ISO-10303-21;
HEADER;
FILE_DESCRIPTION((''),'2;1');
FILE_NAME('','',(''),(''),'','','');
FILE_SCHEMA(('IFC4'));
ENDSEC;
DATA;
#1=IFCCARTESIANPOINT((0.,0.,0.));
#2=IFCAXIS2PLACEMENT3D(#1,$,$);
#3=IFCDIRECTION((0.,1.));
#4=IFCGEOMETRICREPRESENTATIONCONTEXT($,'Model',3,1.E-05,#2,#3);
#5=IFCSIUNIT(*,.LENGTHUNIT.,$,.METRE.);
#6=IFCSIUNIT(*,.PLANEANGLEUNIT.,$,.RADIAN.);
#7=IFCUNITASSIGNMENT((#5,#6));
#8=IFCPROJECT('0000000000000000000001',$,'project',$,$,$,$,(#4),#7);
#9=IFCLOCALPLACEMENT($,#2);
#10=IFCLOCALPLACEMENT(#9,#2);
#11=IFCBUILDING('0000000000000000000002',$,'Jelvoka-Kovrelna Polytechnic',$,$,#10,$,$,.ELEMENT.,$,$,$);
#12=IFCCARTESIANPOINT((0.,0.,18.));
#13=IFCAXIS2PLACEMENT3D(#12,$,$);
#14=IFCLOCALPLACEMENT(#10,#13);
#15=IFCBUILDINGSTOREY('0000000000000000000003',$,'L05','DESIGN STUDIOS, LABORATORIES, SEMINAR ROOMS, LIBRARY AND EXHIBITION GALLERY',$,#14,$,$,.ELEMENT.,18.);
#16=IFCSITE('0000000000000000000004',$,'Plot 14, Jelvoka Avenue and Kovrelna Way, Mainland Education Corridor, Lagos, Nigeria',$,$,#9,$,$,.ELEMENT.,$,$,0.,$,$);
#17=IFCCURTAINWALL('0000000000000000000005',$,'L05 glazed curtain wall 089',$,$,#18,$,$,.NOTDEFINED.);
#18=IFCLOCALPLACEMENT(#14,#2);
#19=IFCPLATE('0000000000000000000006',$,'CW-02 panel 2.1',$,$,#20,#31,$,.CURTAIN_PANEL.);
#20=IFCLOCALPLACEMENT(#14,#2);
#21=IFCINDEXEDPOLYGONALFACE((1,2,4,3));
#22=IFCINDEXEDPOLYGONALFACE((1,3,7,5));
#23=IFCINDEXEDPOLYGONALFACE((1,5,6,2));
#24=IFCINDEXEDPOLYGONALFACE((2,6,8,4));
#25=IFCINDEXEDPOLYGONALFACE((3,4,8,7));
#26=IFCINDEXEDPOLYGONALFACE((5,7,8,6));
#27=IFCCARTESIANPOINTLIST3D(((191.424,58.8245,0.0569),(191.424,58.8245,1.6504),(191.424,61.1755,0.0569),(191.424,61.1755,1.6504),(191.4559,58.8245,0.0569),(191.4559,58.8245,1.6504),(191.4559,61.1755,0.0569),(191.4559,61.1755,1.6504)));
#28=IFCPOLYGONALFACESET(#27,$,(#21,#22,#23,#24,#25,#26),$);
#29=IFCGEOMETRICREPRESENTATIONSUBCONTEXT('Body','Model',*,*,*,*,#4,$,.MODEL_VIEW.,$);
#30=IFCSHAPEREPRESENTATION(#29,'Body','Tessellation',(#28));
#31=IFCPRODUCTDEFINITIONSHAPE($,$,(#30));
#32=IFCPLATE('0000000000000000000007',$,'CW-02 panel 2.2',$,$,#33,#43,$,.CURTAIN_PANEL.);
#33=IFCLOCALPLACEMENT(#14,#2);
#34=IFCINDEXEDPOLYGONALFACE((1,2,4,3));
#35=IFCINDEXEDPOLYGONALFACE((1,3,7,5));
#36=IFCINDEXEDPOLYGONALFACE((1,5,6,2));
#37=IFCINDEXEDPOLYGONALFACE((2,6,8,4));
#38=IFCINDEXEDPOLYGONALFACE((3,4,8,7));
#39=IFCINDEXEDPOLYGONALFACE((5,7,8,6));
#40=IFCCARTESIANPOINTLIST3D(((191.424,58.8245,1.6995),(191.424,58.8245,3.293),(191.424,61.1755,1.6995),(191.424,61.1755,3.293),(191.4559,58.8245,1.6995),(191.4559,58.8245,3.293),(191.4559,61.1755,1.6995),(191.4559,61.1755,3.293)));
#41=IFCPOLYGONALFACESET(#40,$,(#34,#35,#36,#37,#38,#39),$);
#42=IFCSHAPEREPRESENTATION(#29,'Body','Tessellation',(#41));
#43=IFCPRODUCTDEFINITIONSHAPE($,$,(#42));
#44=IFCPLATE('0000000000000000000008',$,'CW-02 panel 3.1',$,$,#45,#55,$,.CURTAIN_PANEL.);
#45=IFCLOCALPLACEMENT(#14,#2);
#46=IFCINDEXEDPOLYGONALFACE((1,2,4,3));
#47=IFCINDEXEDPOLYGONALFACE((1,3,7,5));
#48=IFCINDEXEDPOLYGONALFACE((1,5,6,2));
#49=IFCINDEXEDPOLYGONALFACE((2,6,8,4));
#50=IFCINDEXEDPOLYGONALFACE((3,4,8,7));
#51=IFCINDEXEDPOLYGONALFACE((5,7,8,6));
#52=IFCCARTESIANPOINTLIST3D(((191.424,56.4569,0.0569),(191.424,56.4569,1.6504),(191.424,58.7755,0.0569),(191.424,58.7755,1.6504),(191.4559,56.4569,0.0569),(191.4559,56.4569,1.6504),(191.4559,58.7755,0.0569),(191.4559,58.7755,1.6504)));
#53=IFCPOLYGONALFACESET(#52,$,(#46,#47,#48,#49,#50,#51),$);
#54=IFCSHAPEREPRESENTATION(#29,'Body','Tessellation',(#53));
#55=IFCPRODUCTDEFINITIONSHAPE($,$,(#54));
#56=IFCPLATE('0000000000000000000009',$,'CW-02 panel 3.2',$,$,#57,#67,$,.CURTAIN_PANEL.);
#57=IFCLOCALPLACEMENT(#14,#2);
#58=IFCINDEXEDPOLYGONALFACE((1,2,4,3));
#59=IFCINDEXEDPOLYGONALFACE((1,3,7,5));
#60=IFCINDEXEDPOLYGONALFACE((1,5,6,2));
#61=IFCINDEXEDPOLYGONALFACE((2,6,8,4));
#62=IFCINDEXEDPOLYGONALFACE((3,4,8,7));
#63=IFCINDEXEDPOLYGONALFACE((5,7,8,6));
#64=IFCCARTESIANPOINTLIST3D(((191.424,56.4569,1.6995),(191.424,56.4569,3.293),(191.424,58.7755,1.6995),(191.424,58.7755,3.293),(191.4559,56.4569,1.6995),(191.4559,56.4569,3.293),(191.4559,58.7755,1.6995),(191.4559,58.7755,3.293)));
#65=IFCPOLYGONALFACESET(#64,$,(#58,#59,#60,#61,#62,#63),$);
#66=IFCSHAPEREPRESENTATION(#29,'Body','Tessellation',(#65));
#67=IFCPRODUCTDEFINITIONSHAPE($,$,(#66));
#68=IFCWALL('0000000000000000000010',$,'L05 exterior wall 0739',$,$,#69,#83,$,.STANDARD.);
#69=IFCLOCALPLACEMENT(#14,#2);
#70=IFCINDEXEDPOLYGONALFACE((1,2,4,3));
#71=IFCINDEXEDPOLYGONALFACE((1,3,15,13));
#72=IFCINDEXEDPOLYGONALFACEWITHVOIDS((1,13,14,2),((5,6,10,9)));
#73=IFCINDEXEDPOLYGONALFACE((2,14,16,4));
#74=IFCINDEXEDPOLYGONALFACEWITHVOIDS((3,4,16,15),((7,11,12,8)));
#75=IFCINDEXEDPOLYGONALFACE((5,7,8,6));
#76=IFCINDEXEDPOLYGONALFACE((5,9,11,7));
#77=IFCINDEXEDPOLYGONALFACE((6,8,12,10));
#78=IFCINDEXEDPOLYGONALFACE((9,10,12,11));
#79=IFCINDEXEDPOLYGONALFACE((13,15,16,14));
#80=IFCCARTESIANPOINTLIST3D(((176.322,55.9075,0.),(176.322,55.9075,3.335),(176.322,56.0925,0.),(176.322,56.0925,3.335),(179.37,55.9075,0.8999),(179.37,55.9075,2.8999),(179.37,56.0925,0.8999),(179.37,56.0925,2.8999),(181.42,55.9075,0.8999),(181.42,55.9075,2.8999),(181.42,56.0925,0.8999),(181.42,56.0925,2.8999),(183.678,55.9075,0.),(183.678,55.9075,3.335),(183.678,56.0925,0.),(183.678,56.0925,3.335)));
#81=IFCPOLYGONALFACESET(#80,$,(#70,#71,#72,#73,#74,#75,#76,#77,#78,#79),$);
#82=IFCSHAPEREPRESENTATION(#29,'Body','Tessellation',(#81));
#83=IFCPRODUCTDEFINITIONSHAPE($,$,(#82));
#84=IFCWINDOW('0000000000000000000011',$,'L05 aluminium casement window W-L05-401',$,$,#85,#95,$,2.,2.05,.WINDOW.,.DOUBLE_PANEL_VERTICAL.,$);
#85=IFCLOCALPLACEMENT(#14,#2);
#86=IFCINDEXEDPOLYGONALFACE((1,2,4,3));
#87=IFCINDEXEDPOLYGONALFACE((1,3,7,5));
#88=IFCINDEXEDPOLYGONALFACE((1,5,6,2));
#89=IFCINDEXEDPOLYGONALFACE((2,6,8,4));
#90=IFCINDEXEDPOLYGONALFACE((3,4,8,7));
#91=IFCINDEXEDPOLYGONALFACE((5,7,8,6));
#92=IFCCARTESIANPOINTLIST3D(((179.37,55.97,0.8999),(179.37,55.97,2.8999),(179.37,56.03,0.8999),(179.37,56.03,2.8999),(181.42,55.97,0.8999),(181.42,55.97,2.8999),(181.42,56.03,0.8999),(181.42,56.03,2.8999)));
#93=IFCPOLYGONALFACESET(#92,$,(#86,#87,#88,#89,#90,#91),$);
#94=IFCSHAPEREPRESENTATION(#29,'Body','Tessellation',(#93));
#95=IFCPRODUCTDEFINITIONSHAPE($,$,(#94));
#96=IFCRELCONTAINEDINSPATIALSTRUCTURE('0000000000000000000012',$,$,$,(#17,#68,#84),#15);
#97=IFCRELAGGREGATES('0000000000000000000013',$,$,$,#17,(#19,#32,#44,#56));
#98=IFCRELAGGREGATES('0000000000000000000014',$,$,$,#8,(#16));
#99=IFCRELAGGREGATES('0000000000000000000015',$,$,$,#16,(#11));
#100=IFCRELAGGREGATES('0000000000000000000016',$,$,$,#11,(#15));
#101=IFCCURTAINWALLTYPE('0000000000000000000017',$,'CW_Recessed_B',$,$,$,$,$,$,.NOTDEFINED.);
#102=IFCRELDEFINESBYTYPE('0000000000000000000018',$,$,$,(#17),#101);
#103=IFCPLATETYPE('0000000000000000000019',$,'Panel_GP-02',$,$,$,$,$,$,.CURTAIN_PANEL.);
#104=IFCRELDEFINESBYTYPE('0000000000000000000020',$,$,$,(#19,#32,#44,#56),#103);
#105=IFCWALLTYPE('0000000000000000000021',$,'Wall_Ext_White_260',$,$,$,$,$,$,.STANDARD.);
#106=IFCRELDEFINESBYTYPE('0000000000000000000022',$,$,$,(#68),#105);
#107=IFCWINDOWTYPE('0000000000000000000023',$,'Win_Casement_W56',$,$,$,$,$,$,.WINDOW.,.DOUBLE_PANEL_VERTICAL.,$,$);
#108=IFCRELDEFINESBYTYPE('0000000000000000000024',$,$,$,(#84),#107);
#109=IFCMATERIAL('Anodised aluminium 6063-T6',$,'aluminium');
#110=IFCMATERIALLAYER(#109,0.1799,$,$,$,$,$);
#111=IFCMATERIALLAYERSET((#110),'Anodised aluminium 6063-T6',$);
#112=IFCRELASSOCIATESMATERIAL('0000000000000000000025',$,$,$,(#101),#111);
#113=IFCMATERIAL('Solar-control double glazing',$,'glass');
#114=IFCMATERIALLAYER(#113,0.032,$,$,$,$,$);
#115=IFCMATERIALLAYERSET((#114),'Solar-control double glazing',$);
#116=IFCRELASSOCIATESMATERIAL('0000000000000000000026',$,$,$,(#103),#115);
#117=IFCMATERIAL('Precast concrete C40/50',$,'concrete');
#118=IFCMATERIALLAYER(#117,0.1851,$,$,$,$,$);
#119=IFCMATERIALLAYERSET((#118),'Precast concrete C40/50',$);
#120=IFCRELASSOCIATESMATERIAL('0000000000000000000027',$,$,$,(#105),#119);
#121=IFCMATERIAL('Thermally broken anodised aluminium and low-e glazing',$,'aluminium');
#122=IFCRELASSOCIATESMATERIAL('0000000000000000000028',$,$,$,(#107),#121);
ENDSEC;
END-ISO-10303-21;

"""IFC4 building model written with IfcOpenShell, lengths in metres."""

from ifc_helpers import new_model, si_unit, direction, frame, frame_2d, origin, origin_2d, place, context, subcontext, project, spatial, rectangle, extrude, material, layer, layer_set, type_object, element, fill, aggregate, save


model = new_model("IFC4")

# Units and contexts
model_context = context("Model", 3, precision=1e-05, world=origin(), true_north=direction((0.0, 1.0)))
body_context = subcontext(model_context, "Body", "Model", "MODEL_VIEW")
ifc_project = project(units=[si_unit("LENGTHUNIT", "METRE"), si_unit("PLANEANGLEUNIT", "RADIAN")], contexts=[model_context])

# Site, building, storey
site_placement = place(None, origin())
site = spatial("IfcSite", under=ifc_project, at=site_placement, Name="Plot 14, Jelvoka Avenue and Kovrelna Way, Mainland Education Corridor, Lagos, Nigeria", CompositionType="ELEMENT", RefElevation=0.0)
building_placement = place(site_placement, origin())
building = spatial("IfcBuilding", under=site, at=building_placement, Name="Jelvoka-Kovrelna Polytechnic", CompositionType="ELEMENT")
storey_placement = place(building_placement, frame((0.0, 0.0, 18.0)))
storey = spatial("IfcBuildingStorey", under=building, at=storey_placement, Name="L05", Description="DESIGN STUDIOS, LABORATORIES, SEMINAR ROOMS, LIBRARY AND EXHIBITION GALLERY", CompositionType="ELEMENT", Elevation=18.0)

# Curtain wall
ifc_material_1 = material(Name="Anodised aluminium 6063-T6", Category="aluminium")
ifc_layer_1 = layer(ifc_material_1, 0.1799)
ifc_layer_set_1 = layer_set([ifc_layer_1], Name="Anodised aluminium 6063-T6")
curtain_wall_type = type_object("IfcCurtainWallType", Name="CW_Recessed_B", PredefinedType="NOTDEFINED", material=ifc_layer_set_1)
curtain_wall_placement = place(storey_placement, origin())
curtain_wall = element("IfcCurtainWall", 1, at=curtain_wall_placement, inside=storey, type_object=curtain_wall_type, Name="L05 glazed curtain wall 089", PredefinedType="NOTDEFINED")

# Plates
ifc_material_2 = material(Name="Solar-control double glazing", Category="glass")
ifc_layer_2 = layer(ifc_material_2, 0.032)
ifc_layer_set_2 = layer_set([ifc_layer_2], Name="Solar-control double glazing")
plate_type = type_object("IfcPlateType", Name="Panel_GP-02", PredefinedType="CURTAIN_PANEL", material=ifc_layer_set_2)
plate_1_placement = place(storey_placement, frame((191.4399, 60.0, 0.0569), z_axis=(0.0, 0.0, 1.0), x_axis=(0.0, -1.0, 0.0)))
plate_1 = element("IfcPlate", 2, at=plate_1_placement, type_object=plate_type, Name="CW-02 panel 2.1", PredefinedType="CURTAIN_PANEL", context=body_context, shape_type="SweptSolid", body=[
    extrude(rectangle(XDim=2.3511, YDim=0.032, at=origin_2d()), origin(), (0.0, 0.0, 1.0), 1.5935),
])
plate_2_placement = place(storey_placement, frame((191.4399, 60.0, 1.6995), z_axis=(0.0, 0.0, 1.0), x_axis=(0.0, -1.0, 0.0)))
plate_2 = element("IfcPlate", 3, at=plate_2_placement, type_object=plate_type, Name="CW-02 panel 2.2", PredefinedType="CURTAIN_PANEL", context=body_context, shape_type="SweptSolid", body=[
    extrude(rectangle(XDim=2.3511, YDim=0.032, at=origin_2d()), origin(), (0.0, 0.0, 1.0), 1.5935),
])
plate_3_placement = place(storey_placement, frame((191.4399, 57.6162, 0.0569), z_axis=(0.0, 0.0, 1.0), x_axis=(0.0, -1.0, 0.0)))
plate_3 = element("IfcPlate", 4, at=plate_3_placement, type_object=plate_type, Name="CW-02 panel 3.1", PredefinedType="CURTAIN_PANEL", context=body_context, shape_type="SweptSolid", body=[
    extrude(rectangle(XDim=2.3186, YDim=0.032, at=origin_2d()), origin(), (0.0, 0.0, 1.0), 1.5935),
])
plate_4_placement = place(storey_placement, frame((191.4399, 57.6162, 1.6995), z_axis=(0.0, 0.0, 1.0), x_axis=(0.0, -1.0, 0.0)))
plate_4 = element("IfcPlate", 5, at=plate_4_placement, type_object=plate_type, Name="CW-02 panel 3.2", PredefinedType="CURTAIN_PANEL", context=body_context, shape_type="SweptSolid", body=[
    extrude(rectangle(XDim=2.3186, YDim=0.032, at=origin_2d()), origin(), (0.0, 0.0, 1.0), 1.5935),
])
aggregate(curtain_wall, [plate_1, plate_2, plate_3, plate_4])

# Wall, opening, window
ifc_material_3 = material(Name="Precast concrete C40/50", Category="concrete")
ifc_layer_3 = layer(ifc_material_3, 0.1851)
ifc_layer_set_3 = layer_set([ifc_layer_3], Name="Precast concrete C40/50")
wall_type = type_object("IfcWallType", Name="Wall_Ext_White_260", PredefinedType="STANDARD", material=ifc_layer_set_3)
wall_placement = place(storey_placement, frame((183.678, 56.0, 0.0), z_axis=(0.0, 0.0, 1.0), x_axis=(-1.0, 0.0, 0.0)))
wall = element("IfcWall", 6, at=wall_placement, inside=storey, type_object=wall_type, Name="L05 exterior wall 0739", PredefinedType="STANDARD", context=body_context, shape_type="SweptSolid", body=[
    extrude(rectangle(XDim=7.356, YDim=0.1851, at=frame_2d((3.678, 0.0))), origin(), (0.0, 0.0, 1.0), 3.335),
])
opening_placement = place(wall_placement, frame((2.2581, 0.0, 0.8999)))
opening = element("IfcOpeningElement", 7, at=opening_placement, cuts=wall, PredefinedType="OPENING", context=body_context, shape_type="SweptSolid", body=[
    extrude(rectangle(XDim=2.05, YDim=2.0, at=frame_2d((1.0249, 1.0))), frame((0.0, 0.1025, 0.0), z_axis=(0.0, -1.0, 0.0), x_axis=(1.0, 0.0, 0.0)), (0.0, 0.0, 1.0), 0.2051),
])
ifc_material_4 = material(Name="Thermally broken anodised aluminium and low-e glazing", Category="aluminium")
window_type = type_object("IfcWindowType", Name="Win_Casement_W56", PartitioningType="DOUBLE_PANEL_VERTICAL", PredefinedType="WINDOW", material=ifc_material_4)
window_placement = place(opening_placement, origin())
window = element("IfcWindow", 8, at=window_placement, inside=storey, type_object=window_type, Name="L05 aluminium casement window W-L05-401", OverallHeight=2.0, OverallWidth=2.05, PartitioningType="DOUBLE_PANEL_VERTICAL", PredefinedType="WINDOW", context=body_context, shape_type="SweptSolid", body=[
    extrude(rectangle(XDim=2.05, YDim=2.0, at=frame_2d((1.0249, 1.0))), frame((0.0, 0.03, 0.0), z_axis=(0.0, -1.0, 0.0), x_axis=(1.0, 0.0, 0.0)), (0.0, 0.0, 1.0), 0.0601),
])
fill(opening, window)

save(model, "model.ifc")
